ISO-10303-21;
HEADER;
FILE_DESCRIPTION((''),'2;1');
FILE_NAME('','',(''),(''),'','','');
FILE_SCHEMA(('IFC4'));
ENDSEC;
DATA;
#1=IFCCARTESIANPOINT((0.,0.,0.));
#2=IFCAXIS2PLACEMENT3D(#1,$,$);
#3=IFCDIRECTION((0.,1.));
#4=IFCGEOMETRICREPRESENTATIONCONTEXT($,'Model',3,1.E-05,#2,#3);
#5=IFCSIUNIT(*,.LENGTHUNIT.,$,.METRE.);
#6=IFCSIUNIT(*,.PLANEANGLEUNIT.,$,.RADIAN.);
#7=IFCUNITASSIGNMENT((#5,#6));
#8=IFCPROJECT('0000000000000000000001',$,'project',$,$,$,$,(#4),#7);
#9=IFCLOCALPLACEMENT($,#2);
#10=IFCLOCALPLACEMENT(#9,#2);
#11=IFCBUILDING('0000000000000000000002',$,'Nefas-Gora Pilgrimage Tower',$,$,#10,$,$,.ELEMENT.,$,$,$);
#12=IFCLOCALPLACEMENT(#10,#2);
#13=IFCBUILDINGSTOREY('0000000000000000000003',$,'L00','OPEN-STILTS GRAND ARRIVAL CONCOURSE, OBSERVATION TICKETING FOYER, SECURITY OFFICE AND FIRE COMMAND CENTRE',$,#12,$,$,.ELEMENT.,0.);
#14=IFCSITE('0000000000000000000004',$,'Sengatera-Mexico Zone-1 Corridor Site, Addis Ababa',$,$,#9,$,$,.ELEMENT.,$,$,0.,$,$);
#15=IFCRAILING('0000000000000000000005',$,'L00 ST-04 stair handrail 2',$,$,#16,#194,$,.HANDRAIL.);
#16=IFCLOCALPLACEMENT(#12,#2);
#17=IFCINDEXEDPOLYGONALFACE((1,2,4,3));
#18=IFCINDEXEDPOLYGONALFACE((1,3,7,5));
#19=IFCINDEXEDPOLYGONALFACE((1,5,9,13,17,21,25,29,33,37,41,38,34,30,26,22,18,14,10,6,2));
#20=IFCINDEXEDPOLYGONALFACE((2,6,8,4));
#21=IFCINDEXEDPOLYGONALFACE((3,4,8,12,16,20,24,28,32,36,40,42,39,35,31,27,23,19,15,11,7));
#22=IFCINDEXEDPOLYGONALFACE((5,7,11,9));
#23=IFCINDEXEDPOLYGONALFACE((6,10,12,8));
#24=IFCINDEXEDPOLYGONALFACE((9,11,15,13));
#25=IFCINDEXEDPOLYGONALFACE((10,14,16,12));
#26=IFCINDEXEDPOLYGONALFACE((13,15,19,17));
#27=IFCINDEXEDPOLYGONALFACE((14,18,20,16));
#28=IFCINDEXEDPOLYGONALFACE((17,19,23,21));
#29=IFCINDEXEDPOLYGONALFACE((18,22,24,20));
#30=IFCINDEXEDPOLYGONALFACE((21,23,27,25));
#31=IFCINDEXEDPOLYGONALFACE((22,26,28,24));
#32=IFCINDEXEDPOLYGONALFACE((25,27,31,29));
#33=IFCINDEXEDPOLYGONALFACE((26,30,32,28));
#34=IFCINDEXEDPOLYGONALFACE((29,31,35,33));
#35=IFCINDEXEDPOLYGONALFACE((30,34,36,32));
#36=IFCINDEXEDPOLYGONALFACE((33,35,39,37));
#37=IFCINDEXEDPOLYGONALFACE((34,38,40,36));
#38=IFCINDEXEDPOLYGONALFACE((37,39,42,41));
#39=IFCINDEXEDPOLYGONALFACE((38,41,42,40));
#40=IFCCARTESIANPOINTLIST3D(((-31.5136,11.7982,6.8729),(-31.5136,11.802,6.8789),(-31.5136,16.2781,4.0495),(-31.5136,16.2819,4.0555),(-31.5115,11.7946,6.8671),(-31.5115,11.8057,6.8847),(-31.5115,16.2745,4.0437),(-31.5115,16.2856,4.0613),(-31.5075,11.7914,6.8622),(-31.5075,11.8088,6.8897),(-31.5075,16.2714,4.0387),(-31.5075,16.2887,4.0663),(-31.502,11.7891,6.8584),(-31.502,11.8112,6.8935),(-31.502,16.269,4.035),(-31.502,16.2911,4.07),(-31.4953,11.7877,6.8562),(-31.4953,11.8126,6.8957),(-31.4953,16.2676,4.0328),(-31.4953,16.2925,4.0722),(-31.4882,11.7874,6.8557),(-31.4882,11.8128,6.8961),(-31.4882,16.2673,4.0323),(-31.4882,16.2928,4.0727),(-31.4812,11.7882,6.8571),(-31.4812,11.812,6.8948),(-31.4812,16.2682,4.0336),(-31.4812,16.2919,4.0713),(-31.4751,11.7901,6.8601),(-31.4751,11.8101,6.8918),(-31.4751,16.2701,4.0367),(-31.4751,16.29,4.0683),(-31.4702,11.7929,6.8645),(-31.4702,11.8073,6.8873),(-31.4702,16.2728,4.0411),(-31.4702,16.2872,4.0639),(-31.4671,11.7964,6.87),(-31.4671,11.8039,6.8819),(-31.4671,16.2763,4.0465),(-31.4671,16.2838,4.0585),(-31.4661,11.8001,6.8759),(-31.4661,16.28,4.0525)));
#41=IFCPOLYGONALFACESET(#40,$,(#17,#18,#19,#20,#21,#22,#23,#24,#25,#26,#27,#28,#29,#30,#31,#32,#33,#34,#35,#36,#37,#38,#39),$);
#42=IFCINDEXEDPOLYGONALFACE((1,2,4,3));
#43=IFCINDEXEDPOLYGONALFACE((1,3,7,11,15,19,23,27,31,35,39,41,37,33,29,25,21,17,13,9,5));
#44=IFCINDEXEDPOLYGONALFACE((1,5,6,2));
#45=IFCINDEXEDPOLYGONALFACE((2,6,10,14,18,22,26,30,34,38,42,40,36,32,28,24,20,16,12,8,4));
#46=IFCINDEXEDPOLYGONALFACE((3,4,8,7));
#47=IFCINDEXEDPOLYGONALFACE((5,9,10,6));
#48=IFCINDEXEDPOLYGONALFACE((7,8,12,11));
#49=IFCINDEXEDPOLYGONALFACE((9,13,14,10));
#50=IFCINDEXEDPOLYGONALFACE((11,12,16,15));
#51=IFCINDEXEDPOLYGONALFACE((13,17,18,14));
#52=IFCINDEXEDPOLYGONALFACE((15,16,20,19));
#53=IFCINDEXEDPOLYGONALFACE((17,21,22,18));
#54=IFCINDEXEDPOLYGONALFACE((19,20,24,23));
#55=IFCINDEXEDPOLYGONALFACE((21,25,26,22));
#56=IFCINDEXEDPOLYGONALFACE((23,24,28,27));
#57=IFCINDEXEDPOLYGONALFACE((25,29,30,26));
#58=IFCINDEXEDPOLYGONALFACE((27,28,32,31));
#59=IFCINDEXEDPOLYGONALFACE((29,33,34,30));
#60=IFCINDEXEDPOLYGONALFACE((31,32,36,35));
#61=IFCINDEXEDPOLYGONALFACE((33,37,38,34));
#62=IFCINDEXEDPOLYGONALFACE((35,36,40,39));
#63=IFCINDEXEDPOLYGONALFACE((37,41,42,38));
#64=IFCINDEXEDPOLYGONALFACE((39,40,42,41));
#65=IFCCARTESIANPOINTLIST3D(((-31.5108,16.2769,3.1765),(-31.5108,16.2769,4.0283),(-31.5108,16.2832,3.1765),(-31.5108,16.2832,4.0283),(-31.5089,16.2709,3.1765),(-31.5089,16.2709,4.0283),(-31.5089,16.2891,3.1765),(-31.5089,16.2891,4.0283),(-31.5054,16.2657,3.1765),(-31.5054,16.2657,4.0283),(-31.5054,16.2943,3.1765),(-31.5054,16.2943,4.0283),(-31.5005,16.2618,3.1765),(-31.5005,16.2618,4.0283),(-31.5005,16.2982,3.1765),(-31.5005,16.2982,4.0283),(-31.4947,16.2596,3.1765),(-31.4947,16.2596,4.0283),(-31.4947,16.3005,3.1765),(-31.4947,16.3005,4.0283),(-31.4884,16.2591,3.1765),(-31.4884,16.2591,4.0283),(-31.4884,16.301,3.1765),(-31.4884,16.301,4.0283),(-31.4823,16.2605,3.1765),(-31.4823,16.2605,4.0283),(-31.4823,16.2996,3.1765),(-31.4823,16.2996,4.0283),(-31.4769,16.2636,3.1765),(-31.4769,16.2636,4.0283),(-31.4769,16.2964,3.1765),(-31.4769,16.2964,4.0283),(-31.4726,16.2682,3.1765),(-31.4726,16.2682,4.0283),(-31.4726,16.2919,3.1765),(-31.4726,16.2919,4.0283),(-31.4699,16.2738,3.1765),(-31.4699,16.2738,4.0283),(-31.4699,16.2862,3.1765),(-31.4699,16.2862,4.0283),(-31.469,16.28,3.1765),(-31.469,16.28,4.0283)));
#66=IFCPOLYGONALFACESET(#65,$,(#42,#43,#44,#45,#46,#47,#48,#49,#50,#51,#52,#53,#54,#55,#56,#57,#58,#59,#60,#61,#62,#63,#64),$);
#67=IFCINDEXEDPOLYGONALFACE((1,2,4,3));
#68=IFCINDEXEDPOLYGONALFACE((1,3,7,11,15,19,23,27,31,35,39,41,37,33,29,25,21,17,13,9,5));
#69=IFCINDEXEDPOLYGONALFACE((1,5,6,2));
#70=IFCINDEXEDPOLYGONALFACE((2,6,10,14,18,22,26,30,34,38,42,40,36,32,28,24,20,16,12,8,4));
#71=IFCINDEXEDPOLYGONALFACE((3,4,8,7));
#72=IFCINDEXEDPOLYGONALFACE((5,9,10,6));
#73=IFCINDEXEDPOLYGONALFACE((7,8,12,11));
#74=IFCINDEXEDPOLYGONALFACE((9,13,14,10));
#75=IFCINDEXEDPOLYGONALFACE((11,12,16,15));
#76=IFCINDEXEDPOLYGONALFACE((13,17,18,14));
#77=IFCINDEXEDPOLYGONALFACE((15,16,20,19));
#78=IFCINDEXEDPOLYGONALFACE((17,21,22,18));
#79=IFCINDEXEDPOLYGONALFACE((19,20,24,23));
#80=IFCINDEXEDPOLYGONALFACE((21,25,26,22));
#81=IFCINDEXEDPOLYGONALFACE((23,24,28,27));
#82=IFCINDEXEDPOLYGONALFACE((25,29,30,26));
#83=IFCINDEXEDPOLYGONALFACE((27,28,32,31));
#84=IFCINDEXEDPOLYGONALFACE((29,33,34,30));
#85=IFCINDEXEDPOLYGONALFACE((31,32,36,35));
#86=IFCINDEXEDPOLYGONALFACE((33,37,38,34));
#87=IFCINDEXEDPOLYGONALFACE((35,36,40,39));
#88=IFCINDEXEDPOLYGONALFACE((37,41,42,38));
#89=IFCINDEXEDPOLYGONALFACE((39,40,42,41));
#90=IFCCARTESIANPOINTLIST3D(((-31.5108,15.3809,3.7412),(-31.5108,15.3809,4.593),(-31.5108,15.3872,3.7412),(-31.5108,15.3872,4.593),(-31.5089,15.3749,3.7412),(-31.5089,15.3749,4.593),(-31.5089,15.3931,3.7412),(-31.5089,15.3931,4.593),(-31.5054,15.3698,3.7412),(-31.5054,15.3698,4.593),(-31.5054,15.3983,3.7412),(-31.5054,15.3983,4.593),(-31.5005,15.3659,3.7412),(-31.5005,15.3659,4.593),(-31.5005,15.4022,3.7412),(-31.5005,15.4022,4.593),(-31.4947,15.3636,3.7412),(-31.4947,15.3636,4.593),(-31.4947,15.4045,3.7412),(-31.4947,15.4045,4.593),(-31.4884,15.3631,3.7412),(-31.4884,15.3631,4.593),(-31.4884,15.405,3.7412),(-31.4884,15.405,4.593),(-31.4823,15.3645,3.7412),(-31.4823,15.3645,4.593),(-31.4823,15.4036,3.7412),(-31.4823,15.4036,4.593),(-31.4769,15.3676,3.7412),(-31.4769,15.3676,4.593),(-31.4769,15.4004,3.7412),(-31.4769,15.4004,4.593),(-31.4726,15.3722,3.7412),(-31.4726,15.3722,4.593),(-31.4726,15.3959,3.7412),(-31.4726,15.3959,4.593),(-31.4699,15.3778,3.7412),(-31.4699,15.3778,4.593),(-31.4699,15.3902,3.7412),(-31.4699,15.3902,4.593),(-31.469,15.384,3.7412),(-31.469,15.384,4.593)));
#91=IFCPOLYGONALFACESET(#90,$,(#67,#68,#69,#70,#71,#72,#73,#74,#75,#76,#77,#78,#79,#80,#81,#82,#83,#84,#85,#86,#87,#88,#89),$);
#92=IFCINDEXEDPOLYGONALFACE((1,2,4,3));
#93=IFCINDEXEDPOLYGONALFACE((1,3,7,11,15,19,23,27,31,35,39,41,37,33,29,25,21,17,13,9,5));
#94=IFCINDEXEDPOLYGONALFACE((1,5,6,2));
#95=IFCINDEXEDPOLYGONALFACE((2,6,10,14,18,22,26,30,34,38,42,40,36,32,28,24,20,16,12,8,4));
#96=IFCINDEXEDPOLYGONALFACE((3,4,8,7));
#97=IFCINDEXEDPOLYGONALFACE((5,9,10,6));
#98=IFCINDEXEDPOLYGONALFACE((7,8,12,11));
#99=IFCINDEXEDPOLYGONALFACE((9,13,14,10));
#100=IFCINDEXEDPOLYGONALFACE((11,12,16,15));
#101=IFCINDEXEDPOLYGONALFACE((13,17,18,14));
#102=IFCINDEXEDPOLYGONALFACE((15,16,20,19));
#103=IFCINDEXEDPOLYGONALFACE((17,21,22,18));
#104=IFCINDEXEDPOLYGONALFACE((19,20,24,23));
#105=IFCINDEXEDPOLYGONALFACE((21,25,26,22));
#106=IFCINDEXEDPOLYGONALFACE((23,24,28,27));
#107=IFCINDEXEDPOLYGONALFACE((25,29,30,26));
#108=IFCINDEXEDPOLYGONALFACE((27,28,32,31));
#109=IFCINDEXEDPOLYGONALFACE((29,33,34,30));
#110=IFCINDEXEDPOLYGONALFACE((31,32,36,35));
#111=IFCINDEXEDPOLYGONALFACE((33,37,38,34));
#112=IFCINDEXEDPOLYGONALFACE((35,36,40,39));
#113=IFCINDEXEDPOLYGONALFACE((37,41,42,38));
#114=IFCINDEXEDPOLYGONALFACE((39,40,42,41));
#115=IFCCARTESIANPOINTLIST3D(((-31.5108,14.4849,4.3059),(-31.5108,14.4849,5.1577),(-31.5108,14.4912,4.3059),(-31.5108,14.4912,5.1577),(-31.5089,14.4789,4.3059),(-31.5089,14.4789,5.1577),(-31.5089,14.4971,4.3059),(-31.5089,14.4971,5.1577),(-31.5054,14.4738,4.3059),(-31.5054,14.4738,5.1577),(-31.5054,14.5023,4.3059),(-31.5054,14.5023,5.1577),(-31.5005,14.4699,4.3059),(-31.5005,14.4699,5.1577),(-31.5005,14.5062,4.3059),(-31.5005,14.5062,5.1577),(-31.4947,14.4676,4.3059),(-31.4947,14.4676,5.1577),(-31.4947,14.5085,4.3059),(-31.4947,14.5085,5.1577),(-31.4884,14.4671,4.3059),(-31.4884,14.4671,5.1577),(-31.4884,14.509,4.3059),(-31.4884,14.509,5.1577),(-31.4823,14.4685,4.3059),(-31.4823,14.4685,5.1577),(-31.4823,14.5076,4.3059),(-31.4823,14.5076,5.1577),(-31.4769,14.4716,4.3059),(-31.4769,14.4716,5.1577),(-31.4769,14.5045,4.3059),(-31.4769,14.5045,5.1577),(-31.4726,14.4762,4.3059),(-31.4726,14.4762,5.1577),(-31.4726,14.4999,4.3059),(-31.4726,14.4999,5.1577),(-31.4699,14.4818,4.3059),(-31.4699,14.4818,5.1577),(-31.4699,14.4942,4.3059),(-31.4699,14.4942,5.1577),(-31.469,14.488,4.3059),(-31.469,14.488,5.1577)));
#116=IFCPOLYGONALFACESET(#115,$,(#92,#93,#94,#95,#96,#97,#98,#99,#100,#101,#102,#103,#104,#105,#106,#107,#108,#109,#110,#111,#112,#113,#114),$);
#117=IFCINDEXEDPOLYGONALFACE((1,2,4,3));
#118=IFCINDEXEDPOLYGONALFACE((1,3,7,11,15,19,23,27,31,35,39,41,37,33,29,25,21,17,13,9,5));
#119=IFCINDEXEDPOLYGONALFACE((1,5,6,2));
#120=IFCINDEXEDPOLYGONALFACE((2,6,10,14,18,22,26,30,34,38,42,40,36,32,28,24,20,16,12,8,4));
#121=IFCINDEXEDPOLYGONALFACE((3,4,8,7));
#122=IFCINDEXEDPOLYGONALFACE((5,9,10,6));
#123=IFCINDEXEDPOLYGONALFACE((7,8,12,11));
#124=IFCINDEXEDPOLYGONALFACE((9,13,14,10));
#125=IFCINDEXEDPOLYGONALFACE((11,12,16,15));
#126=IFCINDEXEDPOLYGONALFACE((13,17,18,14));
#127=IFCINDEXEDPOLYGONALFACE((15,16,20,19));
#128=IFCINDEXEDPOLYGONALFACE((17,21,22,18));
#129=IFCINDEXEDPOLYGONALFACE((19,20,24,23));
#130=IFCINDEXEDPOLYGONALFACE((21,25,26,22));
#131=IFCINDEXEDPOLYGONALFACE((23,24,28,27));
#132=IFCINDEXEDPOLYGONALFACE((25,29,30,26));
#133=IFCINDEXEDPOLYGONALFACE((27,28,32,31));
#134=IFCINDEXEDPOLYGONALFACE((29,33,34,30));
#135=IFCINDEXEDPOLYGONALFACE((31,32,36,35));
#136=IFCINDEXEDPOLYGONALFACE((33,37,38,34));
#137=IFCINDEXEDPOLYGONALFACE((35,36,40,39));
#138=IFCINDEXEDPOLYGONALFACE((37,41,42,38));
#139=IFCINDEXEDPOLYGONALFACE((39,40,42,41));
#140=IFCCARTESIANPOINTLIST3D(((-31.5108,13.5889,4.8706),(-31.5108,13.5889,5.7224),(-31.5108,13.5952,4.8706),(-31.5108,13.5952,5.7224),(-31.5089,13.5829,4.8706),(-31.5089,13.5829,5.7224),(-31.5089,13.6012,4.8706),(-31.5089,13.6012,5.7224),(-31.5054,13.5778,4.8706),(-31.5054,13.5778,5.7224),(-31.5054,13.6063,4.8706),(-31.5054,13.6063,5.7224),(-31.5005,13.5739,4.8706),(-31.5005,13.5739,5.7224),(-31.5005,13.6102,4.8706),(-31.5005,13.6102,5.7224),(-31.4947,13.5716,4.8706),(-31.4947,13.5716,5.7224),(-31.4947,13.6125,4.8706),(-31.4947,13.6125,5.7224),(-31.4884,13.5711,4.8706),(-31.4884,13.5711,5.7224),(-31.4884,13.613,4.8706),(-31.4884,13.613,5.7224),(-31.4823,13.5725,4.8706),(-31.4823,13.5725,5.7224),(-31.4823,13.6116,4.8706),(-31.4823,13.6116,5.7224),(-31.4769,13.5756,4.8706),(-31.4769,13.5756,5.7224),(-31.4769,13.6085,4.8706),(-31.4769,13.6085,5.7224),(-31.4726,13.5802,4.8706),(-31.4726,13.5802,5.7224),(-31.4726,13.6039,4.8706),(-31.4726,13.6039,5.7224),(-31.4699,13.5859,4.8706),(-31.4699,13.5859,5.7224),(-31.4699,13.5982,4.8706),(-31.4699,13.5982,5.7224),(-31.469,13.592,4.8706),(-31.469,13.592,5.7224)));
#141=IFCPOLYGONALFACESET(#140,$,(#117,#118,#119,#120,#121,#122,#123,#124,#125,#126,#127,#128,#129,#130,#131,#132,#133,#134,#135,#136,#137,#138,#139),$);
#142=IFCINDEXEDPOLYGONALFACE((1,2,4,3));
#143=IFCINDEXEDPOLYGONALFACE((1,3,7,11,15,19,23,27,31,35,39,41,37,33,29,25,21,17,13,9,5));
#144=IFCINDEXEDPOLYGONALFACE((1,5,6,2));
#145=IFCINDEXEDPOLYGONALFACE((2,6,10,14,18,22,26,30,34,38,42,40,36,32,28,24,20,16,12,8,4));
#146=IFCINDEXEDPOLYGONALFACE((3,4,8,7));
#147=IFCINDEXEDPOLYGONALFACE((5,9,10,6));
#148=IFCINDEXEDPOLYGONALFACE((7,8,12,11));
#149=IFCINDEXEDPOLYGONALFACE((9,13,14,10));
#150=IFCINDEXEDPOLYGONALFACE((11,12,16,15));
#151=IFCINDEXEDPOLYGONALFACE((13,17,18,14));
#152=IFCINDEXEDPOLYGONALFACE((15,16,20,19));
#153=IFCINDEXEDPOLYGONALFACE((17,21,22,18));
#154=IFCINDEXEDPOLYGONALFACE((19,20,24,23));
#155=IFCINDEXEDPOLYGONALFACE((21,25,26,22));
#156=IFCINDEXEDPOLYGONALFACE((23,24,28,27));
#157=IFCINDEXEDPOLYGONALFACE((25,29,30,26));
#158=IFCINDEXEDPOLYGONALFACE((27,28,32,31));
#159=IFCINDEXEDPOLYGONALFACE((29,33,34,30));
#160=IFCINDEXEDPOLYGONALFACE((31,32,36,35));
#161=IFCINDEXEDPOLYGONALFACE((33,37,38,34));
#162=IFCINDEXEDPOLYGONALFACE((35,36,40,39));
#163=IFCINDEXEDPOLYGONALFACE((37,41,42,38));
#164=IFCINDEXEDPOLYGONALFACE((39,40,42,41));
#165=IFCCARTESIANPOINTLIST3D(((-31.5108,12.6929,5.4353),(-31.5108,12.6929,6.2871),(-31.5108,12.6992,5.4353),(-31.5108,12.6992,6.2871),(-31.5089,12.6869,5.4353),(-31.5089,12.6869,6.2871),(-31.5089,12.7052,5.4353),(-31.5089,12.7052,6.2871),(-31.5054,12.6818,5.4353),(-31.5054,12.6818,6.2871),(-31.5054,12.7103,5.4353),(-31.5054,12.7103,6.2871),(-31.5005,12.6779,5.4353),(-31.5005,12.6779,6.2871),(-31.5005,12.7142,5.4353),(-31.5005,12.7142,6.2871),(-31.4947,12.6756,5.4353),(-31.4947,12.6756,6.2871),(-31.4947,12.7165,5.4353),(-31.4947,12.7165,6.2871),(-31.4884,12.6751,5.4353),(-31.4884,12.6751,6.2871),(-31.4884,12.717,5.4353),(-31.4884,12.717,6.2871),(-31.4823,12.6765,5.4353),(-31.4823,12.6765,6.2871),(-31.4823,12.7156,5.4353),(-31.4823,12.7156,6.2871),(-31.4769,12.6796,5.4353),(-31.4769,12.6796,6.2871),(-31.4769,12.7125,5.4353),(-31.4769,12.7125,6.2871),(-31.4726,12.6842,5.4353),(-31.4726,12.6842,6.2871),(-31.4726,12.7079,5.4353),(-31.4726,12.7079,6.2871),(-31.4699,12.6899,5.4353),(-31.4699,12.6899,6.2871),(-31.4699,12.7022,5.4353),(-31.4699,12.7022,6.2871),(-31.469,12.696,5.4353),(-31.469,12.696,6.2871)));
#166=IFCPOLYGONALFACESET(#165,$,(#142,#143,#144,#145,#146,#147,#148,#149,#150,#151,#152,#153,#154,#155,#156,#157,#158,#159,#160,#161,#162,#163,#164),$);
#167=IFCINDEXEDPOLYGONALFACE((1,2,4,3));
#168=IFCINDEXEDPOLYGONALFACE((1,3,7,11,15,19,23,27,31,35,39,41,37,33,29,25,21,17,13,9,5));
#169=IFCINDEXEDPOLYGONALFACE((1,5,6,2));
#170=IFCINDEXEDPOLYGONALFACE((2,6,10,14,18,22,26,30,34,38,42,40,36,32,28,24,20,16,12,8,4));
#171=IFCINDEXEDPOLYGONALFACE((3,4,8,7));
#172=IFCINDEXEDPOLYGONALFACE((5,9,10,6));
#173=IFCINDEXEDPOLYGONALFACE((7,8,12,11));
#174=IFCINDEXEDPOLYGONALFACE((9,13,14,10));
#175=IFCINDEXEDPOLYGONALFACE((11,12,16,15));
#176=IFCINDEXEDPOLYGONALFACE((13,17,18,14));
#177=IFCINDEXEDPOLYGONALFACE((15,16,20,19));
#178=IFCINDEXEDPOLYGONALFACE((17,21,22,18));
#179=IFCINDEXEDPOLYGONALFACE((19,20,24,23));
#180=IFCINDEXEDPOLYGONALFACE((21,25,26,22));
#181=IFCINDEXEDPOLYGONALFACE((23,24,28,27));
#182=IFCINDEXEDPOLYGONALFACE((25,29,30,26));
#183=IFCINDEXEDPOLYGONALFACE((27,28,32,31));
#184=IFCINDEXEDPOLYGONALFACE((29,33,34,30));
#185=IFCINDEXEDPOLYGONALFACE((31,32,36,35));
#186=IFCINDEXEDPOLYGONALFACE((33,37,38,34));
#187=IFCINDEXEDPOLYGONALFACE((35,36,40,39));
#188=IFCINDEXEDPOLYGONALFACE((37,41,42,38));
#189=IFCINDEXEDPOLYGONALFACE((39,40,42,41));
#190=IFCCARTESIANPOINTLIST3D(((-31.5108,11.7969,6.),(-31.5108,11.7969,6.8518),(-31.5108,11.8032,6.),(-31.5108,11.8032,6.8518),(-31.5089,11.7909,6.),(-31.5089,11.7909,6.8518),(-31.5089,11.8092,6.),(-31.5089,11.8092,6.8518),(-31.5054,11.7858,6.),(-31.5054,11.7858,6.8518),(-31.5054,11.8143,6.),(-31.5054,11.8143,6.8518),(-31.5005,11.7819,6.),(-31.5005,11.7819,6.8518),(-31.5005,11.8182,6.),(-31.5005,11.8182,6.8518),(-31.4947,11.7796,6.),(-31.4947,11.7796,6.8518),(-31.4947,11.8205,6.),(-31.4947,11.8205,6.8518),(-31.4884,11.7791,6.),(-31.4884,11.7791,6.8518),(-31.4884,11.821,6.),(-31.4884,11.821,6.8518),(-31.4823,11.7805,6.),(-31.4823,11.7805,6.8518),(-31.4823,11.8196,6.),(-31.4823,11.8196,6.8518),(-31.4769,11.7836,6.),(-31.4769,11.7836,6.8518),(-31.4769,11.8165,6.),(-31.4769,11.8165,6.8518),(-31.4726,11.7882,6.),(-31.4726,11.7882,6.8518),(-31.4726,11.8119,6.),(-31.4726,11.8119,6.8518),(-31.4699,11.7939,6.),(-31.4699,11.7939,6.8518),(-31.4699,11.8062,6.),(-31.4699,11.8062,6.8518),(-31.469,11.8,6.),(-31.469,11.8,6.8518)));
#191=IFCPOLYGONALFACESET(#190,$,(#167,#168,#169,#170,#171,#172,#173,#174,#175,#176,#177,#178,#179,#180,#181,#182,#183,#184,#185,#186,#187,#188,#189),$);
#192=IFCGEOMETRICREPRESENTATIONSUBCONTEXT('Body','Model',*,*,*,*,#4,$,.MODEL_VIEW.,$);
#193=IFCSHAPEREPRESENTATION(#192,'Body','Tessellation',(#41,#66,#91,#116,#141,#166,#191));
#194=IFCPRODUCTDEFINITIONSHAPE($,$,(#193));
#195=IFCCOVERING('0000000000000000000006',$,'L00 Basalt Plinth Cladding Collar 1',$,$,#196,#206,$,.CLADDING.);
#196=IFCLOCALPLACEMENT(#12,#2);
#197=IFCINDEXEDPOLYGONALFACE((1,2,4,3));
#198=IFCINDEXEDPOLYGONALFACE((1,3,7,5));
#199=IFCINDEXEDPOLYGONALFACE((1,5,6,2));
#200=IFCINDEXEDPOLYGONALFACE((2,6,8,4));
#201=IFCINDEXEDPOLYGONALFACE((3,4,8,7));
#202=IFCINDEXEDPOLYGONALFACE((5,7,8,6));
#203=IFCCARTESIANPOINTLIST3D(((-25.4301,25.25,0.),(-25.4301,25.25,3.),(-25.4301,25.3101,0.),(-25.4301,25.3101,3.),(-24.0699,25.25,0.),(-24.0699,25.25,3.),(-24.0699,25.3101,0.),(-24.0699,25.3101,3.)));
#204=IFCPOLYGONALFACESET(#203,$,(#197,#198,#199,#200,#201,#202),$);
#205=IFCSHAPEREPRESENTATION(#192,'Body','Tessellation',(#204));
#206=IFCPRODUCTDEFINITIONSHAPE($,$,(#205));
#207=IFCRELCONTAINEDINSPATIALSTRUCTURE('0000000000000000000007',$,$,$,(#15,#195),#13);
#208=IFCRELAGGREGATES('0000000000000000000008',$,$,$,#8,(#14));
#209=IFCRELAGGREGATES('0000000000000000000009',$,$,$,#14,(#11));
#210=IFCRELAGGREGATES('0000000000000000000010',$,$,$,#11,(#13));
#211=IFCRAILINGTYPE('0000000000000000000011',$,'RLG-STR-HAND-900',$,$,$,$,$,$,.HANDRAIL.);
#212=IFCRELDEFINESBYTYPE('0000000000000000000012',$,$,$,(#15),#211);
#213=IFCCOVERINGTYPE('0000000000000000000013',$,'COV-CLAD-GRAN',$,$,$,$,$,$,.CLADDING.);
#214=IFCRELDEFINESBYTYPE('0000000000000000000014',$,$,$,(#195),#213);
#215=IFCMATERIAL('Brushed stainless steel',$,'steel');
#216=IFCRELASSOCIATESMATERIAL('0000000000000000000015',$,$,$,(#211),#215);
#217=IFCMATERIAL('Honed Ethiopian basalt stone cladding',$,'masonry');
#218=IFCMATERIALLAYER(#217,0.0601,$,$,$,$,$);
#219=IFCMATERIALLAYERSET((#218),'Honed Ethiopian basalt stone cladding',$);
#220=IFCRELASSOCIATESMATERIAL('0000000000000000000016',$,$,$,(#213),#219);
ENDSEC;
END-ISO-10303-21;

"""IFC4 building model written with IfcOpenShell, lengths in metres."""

from ifc_helpers import new_model, si_unit, direction, frame, origin, origin_2d, place, context, subcontext, project, spatial, rectangle, circle, extrude, source, transform, mapped, material, layer, layer_set, type_object, element, save


model = new_model("IFC4")

# Units and contexts
model_context = context("Model", 3, precision=1e-05, world=origin(), true_north=direction((0.0, 1.0)))
body_context = subcontext(model_context, "Body", "Model", "MODEL_VIEW")
ifc_project = project(units=[si_unit("LENGTHUNIT", "METRE"), si_unit("PLANEANGLEUNIT", "RADIAN")], contexts=[model_context])

# Site, building, storey
site_placement = place(None, origin())
site = spatial("IfcSite", under=ifc_project, at=site_placement, Name="Sengatera-Mexico Zone-1 Corridor Site, Addis Ababa", CompositionType="ELEMENT", RefElevation=0.0)
building_placement = place(site_placement, origin())
building = spatial("IfcBuilding", under=site, at=building_placement, Name="Nefas-Gora Pilgrimage Tower", CompositionType="ELEMENT")
storey_placement = place(building_placement, origin())
storey = spatial("IfcBuildingStorey", under=building, at=storey_placement, Name="L00", Description="OPEN-STILTS GRAND ARRIVAL CONCOURSE, OBSERVATION TICKETING FOYER, SECURITY OFFICE AND FIRE COMMAND CENTRE", CompositionType="ELEMENT", Elevation=0.0)

# Railing
ifc_material_1 = material(Name="Brushed stainless steel", Category="steel")
railing_type_1 = type_object("IfcRailingType", Name="RLG-STR-HAND-900", PredefinedType="HANDRAIL", material=ifc_material_1)
railing_1_placement = place(storey_placement, frame((-31.49, 16.28, 3.1765)))
element("IfcRailing", 1, at=railing_1_placement, inside=storey, type_object=railing_type_1, Name="L00 ST-04 stair handrail 2", PredefinedType="HANDRAIL", context=body_context, shape_type="SweptSolid", body=[
    extrude(circle(Radius=0.0239, at=origin_2d()), frame((0.0, 0.0, 0.876), z_axis=(0.0, -0.845998, 0.533186), x_axis=(1.0, 0.0, 0.0)), (0.0, 0.0, 1.0), 5.2954),
    extrude(circle(Radius=0.021, at=origin_2d()), origin(), (0.0, 0.0, 1.0), 0.8518),
    extrude(circle(Radius=0.021, at=origin_2d()), frame((0.0, -0.896, 0.5647)), (0.0, 0.0, 1.0), 0.8518),
    extrude(circle(Radius=0.021, at=origin_2d()), frame((0.0, -1.792, 1.1294)), (0.0, 0.0, 1.0), 0.8518),
    extrude(circle(Radius=0.021, at=origin_2d()), frame((0.0, -2.688, 1.6941)), (0.0, 0.0, 1.0), 0.8518),
    extrude(circle(Radius=0.021, at=origin_2d()), frame((0.0, -3.584, 2.2588)), (0.0, 0.0, 1.0), 0.8518),
    extrude(circle(Radius=0.021, at=origin_2d()), frame((0.0, -4.48, 2.8235)), (0.0, 0.0, 1.0), 0.8518),
])

# Covering
ifc_material_2 = material(Name="Honed Ethiopian basalt stone cladding", Category="masonry")
ifc_layer_1 = layer(ifc_material_2, 0.0601)
ifc_layer_set_1 = layer_set([ifc_layer_1], Name="Honed Ethiopian basalt stone cladding")
covering_type = type_object("IfcCoveringType", Name="COV-CLAD-GRAN", PredefinedType="CLADDING", material=ifc_layer_set_1)
shared_shape_1 = source(origin(), body_context, "Body", "SweptSolid", [
    extrude(rectangle(XDim=1.3601, YDim=0.0601, at=origin_2d()), origin(), (0.0, 0.0, 1.0), 3.0),
])
covering_placement = place(storey_placement, frame((-24.75, 25.28, 0.0), z_axis=(0.0, 0.0, 1.0), x_axis=(1.0, 0.0, 0.0)))
element("IfcCovering", 2, at=covering_placement, inside=storey, type_object=covering_type, Name="L00 Basalt Plinth Cladding Collar 1", PredefinedType="CLADDING", context=body_context, shape_type="MappedRepresentation", body=[
    mapped(shared_shape_1, transform((0.0, 0.0, 0.0), x_axis=(1.0, 0.0, 0.0), y_axis=(0.0, 1.0, 0.0), z_axis=(0.0, 0.0, 1.0), scale=1.0)),
])

save(model, "model.ifc")
